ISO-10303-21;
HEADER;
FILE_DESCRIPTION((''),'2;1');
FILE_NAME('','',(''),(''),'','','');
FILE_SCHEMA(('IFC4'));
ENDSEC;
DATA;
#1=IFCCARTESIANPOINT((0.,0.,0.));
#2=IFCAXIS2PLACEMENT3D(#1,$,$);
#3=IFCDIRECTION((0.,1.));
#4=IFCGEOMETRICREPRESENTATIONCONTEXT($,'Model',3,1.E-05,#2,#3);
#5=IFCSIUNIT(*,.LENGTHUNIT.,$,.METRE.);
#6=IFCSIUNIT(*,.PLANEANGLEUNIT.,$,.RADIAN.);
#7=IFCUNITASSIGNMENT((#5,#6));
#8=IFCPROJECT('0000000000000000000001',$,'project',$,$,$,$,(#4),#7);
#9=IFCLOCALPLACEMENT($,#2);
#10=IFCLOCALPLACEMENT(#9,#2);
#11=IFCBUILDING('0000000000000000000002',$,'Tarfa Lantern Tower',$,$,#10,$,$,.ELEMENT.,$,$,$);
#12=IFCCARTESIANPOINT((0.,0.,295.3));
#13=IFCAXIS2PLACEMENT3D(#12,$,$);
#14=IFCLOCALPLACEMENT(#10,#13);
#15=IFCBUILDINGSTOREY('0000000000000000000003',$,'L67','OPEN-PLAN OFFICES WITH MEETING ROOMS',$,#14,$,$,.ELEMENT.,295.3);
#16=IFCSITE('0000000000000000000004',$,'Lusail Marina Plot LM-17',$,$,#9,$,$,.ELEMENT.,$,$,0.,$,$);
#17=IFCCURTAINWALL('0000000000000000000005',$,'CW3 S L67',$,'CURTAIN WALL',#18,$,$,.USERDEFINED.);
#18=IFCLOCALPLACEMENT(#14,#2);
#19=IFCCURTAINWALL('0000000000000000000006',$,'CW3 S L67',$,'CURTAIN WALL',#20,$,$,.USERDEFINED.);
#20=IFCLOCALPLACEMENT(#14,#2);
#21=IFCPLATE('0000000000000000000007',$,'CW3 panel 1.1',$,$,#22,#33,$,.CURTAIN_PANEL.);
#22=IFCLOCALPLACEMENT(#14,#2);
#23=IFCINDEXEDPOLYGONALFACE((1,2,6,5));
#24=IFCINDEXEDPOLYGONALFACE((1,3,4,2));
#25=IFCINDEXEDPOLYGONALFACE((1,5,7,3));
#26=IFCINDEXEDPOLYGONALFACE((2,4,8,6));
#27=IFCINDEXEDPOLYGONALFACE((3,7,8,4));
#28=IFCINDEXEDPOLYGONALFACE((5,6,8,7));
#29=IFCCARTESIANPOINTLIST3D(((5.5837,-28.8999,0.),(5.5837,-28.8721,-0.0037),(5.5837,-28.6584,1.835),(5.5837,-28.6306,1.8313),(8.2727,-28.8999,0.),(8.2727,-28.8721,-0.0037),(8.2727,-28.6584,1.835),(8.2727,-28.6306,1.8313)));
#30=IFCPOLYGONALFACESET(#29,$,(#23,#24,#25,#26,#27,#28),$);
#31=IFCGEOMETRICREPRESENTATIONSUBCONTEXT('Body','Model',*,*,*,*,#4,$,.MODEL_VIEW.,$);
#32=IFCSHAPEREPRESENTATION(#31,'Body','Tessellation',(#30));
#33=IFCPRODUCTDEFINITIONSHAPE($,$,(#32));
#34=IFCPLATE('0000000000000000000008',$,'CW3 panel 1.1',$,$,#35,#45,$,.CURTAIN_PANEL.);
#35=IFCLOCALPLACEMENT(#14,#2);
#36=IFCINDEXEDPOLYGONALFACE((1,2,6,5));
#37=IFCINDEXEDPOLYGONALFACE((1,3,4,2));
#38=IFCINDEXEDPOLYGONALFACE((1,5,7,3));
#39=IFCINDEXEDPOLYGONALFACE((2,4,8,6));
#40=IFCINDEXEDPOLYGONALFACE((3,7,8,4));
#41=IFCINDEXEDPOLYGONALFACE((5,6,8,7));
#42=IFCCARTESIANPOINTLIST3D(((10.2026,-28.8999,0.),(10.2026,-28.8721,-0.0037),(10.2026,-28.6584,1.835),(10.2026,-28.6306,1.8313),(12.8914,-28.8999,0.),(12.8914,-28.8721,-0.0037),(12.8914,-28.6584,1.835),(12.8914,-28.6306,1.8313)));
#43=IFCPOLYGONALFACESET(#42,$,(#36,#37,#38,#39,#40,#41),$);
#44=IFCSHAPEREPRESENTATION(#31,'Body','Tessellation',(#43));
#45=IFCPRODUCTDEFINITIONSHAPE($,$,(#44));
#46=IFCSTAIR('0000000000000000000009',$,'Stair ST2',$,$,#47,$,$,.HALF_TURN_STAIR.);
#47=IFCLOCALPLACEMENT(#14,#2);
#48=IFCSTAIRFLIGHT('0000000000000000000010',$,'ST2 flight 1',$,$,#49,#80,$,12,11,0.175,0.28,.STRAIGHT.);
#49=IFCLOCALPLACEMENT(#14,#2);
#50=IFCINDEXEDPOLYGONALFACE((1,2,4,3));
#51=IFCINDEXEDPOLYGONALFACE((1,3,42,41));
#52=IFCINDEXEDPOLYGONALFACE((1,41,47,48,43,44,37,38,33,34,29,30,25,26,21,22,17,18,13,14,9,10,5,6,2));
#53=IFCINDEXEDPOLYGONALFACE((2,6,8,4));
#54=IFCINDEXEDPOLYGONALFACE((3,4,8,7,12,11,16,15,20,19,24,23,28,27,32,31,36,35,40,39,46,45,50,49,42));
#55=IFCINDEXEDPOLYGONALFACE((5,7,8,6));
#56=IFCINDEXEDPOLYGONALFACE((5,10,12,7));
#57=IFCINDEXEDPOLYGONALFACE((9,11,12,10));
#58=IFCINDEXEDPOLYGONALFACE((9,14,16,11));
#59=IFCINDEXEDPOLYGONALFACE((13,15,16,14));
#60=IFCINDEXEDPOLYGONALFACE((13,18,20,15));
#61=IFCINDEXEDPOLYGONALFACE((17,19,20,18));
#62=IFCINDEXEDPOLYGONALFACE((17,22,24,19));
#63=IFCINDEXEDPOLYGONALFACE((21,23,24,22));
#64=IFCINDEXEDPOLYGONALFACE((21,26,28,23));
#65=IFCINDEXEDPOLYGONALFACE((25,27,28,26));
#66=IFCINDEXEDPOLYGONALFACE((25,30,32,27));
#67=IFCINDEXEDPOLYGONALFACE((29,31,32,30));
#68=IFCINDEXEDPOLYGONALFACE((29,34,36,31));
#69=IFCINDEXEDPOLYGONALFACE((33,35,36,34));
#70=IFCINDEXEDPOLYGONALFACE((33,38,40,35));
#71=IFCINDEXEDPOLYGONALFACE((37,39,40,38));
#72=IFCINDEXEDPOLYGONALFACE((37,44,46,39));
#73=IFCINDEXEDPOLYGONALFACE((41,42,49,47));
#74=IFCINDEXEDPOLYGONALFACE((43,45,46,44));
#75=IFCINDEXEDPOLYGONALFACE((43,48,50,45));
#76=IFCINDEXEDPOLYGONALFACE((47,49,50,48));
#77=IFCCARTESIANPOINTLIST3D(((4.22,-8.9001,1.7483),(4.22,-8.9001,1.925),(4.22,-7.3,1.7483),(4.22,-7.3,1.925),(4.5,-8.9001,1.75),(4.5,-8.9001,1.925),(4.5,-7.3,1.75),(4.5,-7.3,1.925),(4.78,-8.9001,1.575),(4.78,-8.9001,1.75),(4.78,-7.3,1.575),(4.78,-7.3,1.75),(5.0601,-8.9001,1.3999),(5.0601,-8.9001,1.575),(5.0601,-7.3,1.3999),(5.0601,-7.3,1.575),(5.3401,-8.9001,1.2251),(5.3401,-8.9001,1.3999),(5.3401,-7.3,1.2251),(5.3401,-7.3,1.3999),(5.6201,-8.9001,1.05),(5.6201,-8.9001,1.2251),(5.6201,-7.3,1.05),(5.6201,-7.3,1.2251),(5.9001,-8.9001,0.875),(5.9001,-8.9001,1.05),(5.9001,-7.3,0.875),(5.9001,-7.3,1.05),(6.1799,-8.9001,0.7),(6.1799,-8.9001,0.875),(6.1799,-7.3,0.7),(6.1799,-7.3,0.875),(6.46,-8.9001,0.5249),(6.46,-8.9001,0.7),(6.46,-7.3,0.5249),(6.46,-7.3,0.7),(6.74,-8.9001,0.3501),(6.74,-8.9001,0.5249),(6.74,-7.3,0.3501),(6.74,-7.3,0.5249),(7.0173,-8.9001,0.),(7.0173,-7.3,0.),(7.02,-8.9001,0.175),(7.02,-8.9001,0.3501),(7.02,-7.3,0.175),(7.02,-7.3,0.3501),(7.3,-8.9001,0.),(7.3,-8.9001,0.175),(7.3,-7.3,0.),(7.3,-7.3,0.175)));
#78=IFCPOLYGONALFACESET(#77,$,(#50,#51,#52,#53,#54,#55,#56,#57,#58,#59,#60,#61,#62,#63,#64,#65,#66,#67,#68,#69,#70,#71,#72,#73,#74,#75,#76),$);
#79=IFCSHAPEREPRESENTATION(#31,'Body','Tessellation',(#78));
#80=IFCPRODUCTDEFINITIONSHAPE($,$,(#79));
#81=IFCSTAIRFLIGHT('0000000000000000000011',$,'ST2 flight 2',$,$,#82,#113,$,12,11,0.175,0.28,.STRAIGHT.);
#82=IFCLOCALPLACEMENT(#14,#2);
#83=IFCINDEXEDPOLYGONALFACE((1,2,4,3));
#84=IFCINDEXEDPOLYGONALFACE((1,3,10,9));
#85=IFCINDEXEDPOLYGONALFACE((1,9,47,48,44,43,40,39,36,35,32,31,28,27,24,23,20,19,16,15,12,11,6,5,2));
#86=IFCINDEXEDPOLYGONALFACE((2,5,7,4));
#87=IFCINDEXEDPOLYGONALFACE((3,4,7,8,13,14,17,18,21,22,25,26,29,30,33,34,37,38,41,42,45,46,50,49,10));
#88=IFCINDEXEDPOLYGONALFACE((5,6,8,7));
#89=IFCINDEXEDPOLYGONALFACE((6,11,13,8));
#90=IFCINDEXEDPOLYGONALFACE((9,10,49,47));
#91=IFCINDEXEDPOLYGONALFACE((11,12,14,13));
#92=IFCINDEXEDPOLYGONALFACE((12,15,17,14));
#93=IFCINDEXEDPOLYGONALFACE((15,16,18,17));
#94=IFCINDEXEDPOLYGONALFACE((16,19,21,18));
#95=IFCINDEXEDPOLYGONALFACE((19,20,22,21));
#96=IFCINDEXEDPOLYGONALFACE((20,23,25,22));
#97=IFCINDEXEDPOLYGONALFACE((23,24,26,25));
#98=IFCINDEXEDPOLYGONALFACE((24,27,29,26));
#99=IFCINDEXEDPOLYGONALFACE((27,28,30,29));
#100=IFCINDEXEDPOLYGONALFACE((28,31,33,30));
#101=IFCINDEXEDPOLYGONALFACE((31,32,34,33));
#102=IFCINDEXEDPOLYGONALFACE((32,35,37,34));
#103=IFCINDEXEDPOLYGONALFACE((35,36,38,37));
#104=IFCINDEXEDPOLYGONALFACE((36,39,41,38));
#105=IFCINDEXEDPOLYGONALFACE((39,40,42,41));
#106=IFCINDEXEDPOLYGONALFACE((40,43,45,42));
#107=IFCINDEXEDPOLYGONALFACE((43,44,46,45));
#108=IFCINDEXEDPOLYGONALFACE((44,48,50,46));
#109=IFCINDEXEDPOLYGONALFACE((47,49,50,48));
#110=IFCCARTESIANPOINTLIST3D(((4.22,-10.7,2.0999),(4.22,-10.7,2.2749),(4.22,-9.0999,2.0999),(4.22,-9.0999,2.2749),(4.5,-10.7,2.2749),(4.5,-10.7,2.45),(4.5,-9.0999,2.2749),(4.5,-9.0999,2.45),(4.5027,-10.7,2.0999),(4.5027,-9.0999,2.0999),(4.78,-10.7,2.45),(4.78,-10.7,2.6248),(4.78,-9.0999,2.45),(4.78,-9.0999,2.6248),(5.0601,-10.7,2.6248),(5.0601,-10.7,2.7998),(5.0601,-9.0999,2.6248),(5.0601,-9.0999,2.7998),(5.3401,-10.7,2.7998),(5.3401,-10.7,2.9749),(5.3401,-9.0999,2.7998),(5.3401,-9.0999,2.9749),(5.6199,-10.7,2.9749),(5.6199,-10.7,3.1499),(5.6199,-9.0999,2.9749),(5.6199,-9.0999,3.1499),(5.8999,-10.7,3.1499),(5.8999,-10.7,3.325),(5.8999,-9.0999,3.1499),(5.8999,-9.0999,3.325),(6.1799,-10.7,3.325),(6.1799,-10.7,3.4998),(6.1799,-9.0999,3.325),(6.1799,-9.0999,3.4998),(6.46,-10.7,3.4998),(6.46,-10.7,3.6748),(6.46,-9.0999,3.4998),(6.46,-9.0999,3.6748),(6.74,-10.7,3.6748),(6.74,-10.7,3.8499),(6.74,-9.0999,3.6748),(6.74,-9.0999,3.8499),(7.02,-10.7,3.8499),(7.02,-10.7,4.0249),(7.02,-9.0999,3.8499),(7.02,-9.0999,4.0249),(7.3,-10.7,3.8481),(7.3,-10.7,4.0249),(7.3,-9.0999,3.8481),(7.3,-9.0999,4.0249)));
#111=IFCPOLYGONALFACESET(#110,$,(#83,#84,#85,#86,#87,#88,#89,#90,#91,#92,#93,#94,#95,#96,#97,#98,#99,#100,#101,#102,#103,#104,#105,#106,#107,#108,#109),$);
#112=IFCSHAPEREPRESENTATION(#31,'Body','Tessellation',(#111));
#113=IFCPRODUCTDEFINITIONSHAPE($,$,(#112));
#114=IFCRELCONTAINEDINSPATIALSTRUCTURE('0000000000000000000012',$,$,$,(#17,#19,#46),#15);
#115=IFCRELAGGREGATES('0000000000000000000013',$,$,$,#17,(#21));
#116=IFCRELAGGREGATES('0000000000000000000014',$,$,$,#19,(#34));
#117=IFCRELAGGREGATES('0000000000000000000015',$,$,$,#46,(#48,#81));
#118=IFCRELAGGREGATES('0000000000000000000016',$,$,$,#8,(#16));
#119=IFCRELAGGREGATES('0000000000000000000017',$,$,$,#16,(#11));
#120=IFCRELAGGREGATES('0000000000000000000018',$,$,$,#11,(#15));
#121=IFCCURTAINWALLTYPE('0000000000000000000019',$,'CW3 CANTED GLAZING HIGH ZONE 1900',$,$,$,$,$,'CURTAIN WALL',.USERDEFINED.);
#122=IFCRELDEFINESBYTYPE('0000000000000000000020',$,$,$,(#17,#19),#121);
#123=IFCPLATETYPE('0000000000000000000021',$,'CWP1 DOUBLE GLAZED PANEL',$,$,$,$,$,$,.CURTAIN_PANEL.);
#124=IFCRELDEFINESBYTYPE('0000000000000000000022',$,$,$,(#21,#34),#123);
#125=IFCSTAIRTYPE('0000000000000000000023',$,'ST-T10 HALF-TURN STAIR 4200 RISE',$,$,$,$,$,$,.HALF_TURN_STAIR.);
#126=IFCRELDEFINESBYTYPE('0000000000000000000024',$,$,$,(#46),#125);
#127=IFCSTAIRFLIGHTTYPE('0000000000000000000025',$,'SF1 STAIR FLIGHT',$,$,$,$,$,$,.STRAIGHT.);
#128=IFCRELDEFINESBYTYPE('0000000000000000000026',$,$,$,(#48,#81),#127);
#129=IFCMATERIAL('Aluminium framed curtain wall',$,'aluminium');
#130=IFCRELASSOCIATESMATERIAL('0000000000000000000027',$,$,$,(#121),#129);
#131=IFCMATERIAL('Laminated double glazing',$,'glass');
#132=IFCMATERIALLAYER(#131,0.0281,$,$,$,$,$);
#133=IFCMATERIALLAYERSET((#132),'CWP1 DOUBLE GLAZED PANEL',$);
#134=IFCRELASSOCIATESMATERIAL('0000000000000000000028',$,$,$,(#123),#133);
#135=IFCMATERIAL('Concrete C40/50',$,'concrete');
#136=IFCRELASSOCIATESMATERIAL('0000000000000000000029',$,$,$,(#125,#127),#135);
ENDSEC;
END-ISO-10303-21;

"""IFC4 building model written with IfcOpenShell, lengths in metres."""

from ifc_helpers import new_model, si_unit, direction, frame, origin, place, context, subcontext, project, spatial, polyline, outline, extrude, material, layer, layer_set, type_object, element, aggregate, save


model = new_model("IFC4")

# Units and contexts
model_context = context("Model", 3, precision=1e-05, world=origin(), true_north=direction((0.0, 1.0)))
body_context = subcontext(model_context, "Body", "Model", "MODEL_VIEW")
ifc_project = project(units=[si_unit("LENGTHUNIT", "METRE"), si_unit("PLANEANGLEUNIT", "RADIAN")], contexts=[model_context])

# Site, building, storey
site_placement = place(None, origin())
site = spatial("IfcSite", under=ifc_project, at=site_placement, Name="Lusail Marina Plot LM-17", CompositionType="ELEMENT", RefElevation=0.0)
building_placement = place(site_placement, origin())
building = spatial("IfcBuilding", under=site, at=building_placement, Name="Tarfa Lantern Tower", CompositionType="ELEMENT")
storey_placement = place(building_placement, frame((0.0, 0.0, 295.3)))
storey = spatial("IfcBuildingStorey", under=building, at=storey_placement, Name="L67", Description="OPEN-PLAN OFFICES WITH MEETING ROOMS", CompositionType="ELEMENT", Elevation=295.3)

# Curtain wall
ifc_material_1 = material(Name="Aluminium framed curtain wall", Category="aluminium")
curtain_wall_type = type_object("IfcCurtainWallType", Name="CW3 CANTED GLAZING HIGH ZONE 1900", ElementType="CURTAIN WALL", PredefinedType="USERDEFINED", material=ifc_material_1)
curtain_wall_1_placement = place(storey_placement, origin())
curtain_wall_1 = element("IfcCurtainWall", 1, at=curtain_wall_1_placement, inside=storey, type_object=curtain_wall_type, Name="CW3 S L67", ObjectType="CURTAIN WALL", PredefinedType="USERDEFINED")

# Curtain wall
curtain_wall_2_placement = place(storey_placement, origin())
curtain_wall_2 = element("IfcCurtainWall", 2, at=curtain_wall_2_placement, inside=storey, type_object=curtain_wall_type, Name="CW3 S L67", ObjectType="CURTAIN WALL", PredefinedType="USERDEFINED")

# Plates
ifc_material_2 = material(Name="Laminated double glazing", Category="glass")
ifc_layer = layer(ifc_material_2, 0.0281)
ifc_layer_set = layer_set([ifc_layer], Name="CWP1 DOUBLE GLAZED PANEL")
plate_type = type_object("IfcPlateType", Name="CWP1 DOUBLE GLAZED PANEL", PredefinedType="CURTAIN_PANEL", material=ifc_layer_set)
plate_1_placement = place(storey_placement, frame((5.5837, -28.8999, 0.0), z_axis=(0.0, -0.991453, 0.130461), x_axis=(1.0, 0.0, 0.0)))
plate_1 = element("IfcPlate", 3, at=plate_1_placement, type_object=plate_type, Name="CW3 panel 1.1", PredefinedType="CURTAIN_PANEL", context=body_context, shape_type="SweptSolid", body=[
    extrude(outline(polyline([(0.0, 0.0), (2.689, 0.0), (2.689, 1.8508), (0.0, 1.8508), (0.0, 0.0)])), origin(), (0.0, 0.0, -1.0), 0.0281),
])
aggregate(curtain_wall_1, [plate_1])
plate_2_placement = place(storey_placement, frame((10.2026, -28.8999, 0.0), z_axis=(0.0, -0.991453, 0.130461), x_axis=(1.0, 0.0, 0.0)))
plate_2 = element("IfcPlate", 4, at=plate_2_placement, type_object=plate_type, Name="CW3 panel 1.1", PredefinedType="CURTAIN_PANEL", context=body_context, shape_type="SweptSolid", body=[
    extrude(outline(polyline([(0.0, 0.0), (2.6887, 0.0), (2.6887, 1.8508), (0.0, 1.8508), (0.0, 0.0)])), origin(), (0.0, 0.0, -1.0), 0.0281),
])
aggregate(curtain_wall_2, [plate_2])

# Stair, stair flights
ifc_material_3 = material(Name="Concrete C40/50", Category="concrete")
stair_type = type_object("IfcStairType", Name="ST-T10 HALF-TURN STAIR 4200 RISE", PredefinedType="HALF_TURN_STAIR", material=ifc_material_3)
stair_placement = place(storey_placement, origin())
stair = element("IfcStair", 5, at=stair_placement, inside=storey, type_object=stair_type, Name="Stair ST2", PredefinedType="HALF_TURN_STAIR")
stair_flight_type = type_object("IfcStairFlightType", Name="SF1 STAIR FLIGHT", PredefinedType="STRAIGHT", material=ifc_material_3)
stair_flight_1_placement = place(storey_placement, frame((7.3, -8.1001, 0.0), z_axis=(0.0, 0.0, 1.0), x_axis=(-1.0, 0.0, 0.0)))
stair_flight_1 = element("IfcStairFlight", 6, at=stair_flight_1_placement, type_object=stair_flight_type, Name="ST2 flight 1", NumberOfRisers=12, NumberOfTreads=11, PredefinedType="STRAIGHT", RiserHeight=0.175, TreadLength=0.28, context=body_context, shape_type="SweptSolid", body=[
    extrude(outline(polyline([(0.0, 0.0), (0.0, 0.175), (0.28, 0.175), (0.28, 0.3501), (0.5601, 0.3501), (0.5601, 0.5249), (0.8401, 0.5249), (0.8401, 0.7), (1.1201, 0.7), (1.1201, 0.875), (1.3999, 0.875), (1.3999, 1.05), (1.6799, 1.05), (1.6799, 1.2251), (1.96, 1.2251), (1.96, 1.3999), (2.24, 1.3999), (2.24, 1.575), (2.52, 1.575), (2.52, 1.75), (2.8, 1.75), (2.8, 1.925), (3.0801, 1.925), (3.0801, 2.1001), (3.0801, 1.7483), (0.2827, 0.0), (0.0, 0.0)])), frame((0.0, 0.8, 0.0), z_axis=(0.0, -1.0, 0.0), x_axis=(1.0, 0.0, 0.0)), (0.0, 0.0, 1.0), 1.6001),
])
stair_flight_2_placement = place(storey_placement, frame((4.22, -9.8999, 2.0999), z_axis=(0.0, 0.0, 1.0), x_axis=(1.0, 0.0, 0.0)))
stair_flight_2 = element("IfcStairFlight", 7, at=stair_flight_2_placement, type_object=stair_flight_type, Name="ST2 flight 2", NumberOfRisers=12, NumberOfTreads=11, PredefinedType="STRAIGHT", RiserHeight=0.175, TreadLength=0.28, context=body_context, shape_type="SweptSolid", body=[
    extrude(outline(polyline([(0.0, 0.0), (0.0, 0.175), (0.28, 0.175), (0.28, 0.3501), (0.5601, 0.3501), (0.5601, 0.5249), (0.8401, 0.5249), (0.8401, 0.7), (1.1201, 0.7), (1.1201, 0.875), (1.3999, 0.875), (1.3999, 1.05), (1.6799, 1.05), (1.6799, 1.2251), (1.96, 1.2251), (1.96, 1.3999), (2.24, 1.3999), (2.24, 1.575), (2.52, 1.575), (2.52, 1.75), (2.8, 1.75), (2.8, 1.925), (3.0801, 1.925), (3.0801, 2.1001), (3.0801, 1.7483), (0.2827, 0.0), (0.0, 0.0)])), frame((0.0, 0.8, 0.0), z_axis=(0.0, -1.0, 0.0), x_axis=(1.0, 0.0, 0.0)), (0.0, 0.0, 1.0), 1.6001),
])
aggregate(stair, [stair_flight_1, stair_flight_2])

save(model, "model.ifc")
